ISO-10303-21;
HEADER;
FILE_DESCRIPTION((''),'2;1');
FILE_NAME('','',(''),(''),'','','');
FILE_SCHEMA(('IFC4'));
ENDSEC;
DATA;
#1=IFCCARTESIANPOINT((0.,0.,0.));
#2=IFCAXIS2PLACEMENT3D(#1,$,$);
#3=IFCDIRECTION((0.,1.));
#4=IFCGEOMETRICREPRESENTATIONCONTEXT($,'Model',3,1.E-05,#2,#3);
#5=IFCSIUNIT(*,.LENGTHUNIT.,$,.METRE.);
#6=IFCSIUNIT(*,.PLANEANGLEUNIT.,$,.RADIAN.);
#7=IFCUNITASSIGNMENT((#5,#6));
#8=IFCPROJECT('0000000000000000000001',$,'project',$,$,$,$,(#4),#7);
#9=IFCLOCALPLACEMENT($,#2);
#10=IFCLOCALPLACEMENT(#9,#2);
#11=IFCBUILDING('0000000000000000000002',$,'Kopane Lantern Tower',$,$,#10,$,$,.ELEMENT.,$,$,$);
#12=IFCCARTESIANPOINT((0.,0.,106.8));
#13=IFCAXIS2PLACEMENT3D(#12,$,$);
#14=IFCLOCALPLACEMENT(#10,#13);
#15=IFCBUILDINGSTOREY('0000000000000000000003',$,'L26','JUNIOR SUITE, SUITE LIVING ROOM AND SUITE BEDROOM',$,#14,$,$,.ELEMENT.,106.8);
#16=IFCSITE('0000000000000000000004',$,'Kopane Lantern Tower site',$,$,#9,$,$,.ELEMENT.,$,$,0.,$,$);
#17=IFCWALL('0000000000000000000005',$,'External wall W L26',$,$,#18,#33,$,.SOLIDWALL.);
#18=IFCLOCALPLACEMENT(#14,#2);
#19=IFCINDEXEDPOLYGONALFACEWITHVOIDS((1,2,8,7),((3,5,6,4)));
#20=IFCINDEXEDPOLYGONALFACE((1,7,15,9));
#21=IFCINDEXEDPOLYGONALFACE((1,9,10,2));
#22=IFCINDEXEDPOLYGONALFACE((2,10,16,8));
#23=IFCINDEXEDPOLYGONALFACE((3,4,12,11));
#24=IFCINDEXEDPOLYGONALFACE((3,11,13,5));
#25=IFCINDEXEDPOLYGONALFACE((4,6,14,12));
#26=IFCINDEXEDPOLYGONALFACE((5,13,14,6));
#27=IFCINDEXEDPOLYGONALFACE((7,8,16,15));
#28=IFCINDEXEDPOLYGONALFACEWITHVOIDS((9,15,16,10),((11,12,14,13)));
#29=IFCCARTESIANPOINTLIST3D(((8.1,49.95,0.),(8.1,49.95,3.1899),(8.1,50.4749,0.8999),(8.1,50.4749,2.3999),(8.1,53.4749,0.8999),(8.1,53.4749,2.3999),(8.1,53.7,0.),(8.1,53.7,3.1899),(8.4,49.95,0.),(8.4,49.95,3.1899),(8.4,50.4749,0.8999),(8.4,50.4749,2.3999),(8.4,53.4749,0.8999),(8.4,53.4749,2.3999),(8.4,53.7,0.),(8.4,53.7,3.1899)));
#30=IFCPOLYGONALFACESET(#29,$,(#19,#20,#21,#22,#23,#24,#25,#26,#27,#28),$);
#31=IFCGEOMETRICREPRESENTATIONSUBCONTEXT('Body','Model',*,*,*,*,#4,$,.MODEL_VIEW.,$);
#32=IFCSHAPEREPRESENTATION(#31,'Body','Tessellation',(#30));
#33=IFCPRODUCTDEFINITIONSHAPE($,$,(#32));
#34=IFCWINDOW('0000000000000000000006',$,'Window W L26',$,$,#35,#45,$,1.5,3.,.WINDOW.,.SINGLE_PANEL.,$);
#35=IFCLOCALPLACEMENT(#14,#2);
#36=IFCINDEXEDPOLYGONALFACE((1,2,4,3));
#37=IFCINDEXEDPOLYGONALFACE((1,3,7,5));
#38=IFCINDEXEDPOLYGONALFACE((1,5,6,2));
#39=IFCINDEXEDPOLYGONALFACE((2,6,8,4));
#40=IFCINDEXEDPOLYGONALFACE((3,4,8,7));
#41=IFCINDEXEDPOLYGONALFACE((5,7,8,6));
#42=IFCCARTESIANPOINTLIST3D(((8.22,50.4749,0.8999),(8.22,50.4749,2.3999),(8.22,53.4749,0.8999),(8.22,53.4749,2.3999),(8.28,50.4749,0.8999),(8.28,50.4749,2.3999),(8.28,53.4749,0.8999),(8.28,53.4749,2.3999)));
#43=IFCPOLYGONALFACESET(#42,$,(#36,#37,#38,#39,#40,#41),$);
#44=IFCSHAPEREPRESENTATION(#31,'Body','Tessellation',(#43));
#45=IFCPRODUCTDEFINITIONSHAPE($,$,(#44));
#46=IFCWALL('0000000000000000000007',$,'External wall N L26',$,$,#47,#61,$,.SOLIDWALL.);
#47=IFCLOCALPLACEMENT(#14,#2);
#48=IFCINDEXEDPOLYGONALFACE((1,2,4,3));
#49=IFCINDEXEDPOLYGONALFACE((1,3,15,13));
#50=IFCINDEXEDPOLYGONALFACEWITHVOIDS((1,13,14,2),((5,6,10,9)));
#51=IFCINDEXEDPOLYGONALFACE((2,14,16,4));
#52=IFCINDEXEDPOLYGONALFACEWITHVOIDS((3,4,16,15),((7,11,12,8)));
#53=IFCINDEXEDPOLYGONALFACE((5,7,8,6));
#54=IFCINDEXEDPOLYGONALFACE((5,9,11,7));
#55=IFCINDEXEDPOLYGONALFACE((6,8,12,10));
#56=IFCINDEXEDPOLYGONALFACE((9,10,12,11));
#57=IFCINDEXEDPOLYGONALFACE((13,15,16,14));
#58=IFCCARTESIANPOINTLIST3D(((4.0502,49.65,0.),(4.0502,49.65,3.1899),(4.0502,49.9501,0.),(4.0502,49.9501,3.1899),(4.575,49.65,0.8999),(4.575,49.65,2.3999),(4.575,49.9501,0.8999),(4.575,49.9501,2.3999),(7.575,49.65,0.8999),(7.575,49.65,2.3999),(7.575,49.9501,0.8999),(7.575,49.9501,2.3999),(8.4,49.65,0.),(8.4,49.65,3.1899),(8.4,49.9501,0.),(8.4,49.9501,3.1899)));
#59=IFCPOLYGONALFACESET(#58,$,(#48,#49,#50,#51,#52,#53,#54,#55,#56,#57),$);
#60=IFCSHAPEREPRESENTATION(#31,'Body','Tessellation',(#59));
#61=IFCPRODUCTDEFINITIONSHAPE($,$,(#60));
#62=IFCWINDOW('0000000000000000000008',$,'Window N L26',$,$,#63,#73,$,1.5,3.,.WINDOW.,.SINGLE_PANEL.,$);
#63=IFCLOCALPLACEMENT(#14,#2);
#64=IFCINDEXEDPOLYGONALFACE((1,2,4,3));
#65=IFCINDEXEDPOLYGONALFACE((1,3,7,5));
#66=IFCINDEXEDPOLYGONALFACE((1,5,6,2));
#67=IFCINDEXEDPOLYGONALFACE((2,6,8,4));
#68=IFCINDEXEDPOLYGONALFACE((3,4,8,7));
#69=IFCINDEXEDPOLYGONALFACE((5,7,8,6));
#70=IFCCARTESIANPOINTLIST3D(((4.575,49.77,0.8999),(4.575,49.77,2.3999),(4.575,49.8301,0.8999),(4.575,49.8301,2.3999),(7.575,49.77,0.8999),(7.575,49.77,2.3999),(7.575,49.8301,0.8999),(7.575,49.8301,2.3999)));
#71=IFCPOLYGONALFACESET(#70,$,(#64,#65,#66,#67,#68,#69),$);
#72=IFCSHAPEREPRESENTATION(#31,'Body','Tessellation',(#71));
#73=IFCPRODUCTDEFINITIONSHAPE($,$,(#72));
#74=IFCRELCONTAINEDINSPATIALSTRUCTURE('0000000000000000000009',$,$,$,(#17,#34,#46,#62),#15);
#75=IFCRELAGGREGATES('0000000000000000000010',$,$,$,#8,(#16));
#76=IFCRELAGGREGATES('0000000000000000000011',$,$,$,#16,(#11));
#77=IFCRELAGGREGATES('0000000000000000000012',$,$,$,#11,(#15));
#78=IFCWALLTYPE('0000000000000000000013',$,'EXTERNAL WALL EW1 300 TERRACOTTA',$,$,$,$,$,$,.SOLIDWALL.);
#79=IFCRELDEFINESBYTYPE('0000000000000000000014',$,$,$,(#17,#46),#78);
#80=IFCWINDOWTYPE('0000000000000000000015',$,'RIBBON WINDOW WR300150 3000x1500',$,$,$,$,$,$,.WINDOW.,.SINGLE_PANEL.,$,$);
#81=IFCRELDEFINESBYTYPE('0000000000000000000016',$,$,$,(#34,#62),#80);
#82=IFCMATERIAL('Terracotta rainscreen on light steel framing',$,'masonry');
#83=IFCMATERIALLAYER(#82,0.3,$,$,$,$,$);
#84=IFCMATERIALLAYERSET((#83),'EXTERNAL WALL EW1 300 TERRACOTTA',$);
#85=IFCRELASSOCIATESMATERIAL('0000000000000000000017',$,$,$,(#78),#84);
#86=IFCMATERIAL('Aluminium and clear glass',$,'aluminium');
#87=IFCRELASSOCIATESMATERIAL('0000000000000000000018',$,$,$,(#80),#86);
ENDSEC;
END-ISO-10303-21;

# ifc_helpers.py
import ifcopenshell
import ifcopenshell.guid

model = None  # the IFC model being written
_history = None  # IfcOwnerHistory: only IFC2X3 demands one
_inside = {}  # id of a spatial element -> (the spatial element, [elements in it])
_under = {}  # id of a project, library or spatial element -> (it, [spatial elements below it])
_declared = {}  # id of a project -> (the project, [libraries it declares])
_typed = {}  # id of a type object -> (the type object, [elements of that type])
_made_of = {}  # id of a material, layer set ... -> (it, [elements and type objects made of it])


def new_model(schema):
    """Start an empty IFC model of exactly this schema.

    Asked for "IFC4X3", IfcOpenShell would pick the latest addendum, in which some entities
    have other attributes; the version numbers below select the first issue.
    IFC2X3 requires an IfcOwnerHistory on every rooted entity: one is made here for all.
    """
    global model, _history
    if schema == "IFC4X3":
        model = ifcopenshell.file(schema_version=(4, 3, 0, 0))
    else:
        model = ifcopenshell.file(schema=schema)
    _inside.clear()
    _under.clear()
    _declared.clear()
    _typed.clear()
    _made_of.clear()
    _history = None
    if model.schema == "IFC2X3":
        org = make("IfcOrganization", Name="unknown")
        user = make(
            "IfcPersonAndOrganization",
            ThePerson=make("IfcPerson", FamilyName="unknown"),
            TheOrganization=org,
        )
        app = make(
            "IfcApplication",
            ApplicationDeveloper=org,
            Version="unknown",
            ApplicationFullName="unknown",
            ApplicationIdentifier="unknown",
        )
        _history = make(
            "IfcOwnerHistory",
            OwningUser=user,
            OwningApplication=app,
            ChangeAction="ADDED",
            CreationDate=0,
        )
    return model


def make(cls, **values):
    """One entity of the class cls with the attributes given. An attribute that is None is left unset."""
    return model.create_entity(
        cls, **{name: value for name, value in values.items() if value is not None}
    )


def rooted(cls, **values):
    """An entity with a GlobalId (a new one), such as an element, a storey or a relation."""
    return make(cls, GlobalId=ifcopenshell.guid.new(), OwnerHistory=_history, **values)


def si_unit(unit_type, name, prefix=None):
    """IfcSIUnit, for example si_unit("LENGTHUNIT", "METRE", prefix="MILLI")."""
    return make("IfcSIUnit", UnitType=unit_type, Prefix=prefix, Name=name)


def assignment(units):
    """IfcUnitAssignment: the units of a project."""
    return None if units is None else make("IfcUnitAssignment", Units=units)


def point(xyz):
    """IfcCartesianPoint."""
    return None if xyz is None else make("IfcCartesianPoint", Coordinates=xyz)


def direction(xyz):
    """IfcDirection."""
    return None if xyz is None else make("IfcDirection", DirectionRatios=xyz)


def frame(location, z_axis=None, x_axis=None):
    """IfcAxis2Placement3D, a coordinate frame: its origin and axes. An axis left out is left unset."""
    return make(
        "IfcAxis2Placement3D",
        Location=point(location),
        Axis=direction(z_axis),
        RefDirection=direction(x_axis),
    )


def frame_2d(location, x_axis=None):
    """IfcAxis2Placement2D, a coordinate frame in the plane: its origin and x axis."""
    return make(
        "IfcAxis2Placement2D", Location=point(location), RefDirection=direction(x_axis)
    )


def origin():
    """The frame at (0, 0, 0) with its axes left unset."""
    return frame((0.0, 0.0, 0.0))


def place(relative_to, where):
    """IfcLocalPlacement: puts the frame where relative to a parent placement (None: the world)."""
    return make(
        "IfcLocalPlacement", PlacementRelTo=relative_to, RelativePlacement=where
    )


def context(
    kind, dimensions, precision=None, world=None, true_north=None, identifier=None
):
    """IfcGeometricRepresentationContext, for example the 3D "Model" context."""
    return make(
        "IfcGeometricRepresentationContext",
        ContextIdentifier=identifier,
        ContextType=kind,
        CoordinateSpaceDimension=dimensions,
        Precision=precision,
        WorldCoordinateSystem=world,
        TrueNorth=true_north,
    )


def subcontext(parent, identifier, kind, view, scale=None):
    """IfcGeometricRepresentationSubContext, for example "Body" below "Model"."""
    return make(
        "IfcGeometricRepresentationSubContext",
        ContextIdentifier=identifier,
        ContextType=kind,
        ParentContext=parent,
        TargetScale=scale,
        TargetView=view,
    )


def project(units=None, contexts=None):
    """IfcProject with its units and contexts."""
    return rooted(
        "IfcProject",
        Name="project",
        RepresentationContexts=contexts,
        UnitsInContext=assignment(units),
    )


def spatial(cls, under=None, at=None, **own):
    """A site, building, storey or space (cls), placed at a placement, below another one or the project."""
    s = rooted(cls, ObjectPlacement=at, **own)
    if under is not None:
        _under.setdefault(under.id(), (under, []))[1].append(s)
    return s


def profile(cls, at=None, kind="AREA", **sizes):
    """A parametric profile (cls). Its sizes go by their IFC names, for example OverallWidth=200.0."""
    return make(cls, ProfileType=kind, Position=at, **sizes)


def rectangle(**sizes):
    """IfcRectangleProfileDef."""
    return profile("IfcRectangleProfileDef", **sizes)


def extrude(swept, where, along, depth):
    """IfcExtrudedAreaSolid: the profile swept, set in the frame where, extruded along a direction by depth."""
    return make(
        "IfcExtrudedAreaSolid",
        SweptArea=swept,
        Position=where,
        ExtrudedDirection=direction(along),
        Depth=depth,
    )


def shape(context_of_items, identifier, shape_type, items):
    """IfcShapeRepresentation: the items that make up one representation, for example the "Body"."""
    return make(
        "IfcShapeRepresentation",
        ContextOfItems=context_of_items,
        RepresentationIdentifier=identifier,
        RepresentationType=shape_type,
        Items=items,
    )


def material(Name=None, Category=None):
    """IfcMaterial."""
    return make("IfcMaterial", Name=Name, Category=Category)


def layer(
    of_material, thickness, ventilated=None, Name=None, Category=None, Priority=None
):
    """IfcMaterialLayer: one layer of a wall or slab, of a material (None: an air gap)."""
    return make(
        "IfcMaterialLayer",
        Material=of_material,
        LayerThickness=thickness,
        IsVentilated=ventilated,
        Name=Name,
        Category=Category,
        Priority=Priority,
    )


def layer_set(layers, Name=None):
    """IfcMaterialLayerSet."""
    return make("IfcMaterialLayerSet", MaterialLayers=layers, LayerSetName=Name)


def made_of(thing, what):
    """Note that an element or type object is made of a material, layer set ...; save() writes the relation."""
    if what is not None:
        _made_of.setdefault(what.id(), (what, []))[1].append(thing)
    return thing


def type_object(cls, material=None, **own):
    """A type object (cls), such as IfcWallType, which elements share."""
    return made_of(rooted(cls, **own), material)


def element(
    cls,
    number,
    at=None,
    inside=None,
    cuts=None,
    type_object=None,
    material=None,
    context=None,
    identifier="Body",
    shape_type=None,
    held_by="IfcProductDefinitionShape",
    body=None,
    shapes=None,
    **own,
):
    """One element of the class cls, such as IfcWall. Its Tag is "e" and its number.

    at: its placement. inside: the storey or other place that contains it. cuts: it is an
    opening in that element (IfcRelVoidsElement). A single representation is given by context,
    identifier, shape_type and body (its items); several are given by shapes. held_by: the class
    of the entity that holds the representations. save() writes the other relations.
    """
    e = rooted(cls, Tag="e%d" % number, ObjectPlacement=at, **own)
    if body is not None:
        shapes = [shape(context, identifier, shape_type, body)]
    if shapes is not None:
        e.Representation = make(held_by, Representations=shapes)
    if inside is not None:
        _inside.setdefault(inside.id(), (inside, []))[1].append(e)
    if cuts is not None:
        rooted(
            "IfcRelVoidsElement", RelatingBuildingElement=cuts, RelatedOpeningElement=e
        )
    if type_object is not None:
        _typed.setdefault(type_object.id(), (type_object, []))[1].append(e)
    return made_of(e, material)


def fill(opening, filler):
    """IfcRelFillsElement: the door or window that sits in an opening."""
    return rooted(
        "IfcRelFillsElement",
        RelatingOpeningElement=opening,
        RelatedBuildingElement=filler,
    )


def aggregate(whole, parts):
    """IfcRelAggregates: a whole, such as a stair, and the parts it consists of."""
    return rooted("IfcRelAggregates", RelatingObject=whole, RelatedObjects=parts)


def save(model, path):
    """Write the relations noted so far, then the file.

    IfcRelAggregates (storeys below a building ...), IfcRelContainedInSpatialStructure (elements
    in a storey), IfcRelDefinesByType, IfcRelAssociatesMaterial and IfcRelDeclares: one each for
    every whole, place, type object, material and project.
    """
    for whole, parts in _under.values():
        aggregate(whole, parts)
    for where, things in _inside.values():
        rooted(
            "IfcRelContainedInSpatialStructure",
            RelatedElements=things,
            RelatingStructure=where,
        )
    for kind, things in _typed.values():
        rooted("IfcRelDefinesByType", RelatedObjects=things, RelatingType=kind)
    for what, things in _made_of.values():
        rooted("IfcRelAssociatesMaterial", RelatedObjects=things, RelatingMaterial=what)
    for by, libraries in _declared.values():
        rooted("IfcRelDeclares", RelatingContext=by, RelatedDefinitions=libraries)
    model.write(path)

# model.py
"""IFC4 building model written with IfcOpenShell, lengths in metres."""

from ifc_helpers import new_model, si_unit, direction, frame, frame_2d, origin, place, context, subcontext, project, spatial, rectangle, extrude, material, layer, layer_set, type_object, element, fill, save


model = new_model("IFC4")

# Units and contexts
model_context = context("Model", 3, precision=1e-05, world=origin(), true_north=direction((0.0, 1.0)))
body_context = subcontext(model_context, "Body", "Model", "MODEL_VIEW")
ifc_project = project(units=[si_unit("LENGTHUNIT", "METRE"), si_unit("PLANEANGLEUNIT", "RADIAN")], contexts=[model_context])

# Site, building, storey
site_placement = place(None, origin())
site = spatial("IfcSite", under=ifc_project, at=site_placement, Name="Kopane Lantern Tower site", CompositionType="ELEMENT", RefElevation=0.0)
building_placement = place(site_placement, origin())
building = spatial("IfcBuilding", under=site, at=building_placement, Name="Kopane Lantern Tower", CompositionType="ELEMENT")
storey_placement = place(building_placement, frame((0.0, 0.0, 106.8)))
storey = spatial("IfcBuildingStorey", under=building, at=storey_placement, Name="L26", Description="JUNIOR SUITE, SUITE LIVING ROOM AND SUITE BEDROOM", CompositionType="ELEMENT", Elevation=106.8)

# Walls, openings, windows
ifc_material_1 = material(Name="Terracotta rainscreen on light steel framing", Category="masonry")
ifc_layer_1 = layer(ifc_material_1, 0.3)
ifc_layer_set_1 = layer_set([ifc_layer_1], Name="EXTERNAL WALL EW1 300 TERRACOTTA")
wall_type_1 = type_object("IfcWallType", Name="EXTERNAL WALL EW1 300 TERRACOTTA", PredefinedType="SOLIDWALL", material=ifc_layer_set_1)
wall_1_placement = place(storey_placement, frame((8.25, 53.7, 0.0), z_axis=(0.0, 0.0, 1.0), x_axis=(0.0, -1.0, 0.0)))
wall_1 = element("IfcWall", 1, at=wall_1_placement, inside=storey, type_object=wall_type_1, Name="External wall W L26", PredefinedType="SOLIDWALL", context=body_context, shape_type="SweptSolid", body=[
    extrude(rectangle(XDim=3.75, YDim=0.3, at=frame_2d((1.875, 0.0))), origin(), (0.0, 0.0, 1.0), 3.1899),
])
opening_1_placement = place(wall_1_placement, frame((0.2251, 0.0, 0.8999)))
opening_1 = element("IfcOpeningElement", 2, at=opening_1_placement, cuts=wall_1, PredefinedType="OPENING", context=body_context, shape_type="SweptSolid", body=[
    extrude(rectangle(XDim=3.0, YDim=1.5, at=frame_2d((1.5, 0.75))), frame((0.0, 0.1599, 0.0), z_axis=(0.0, -1.0, 0.0), x_axis=(1.0, 0.0, 0.0)), (0.0, 0.0, 1.0), 0.3201),
])
ifc_material_2 = material(Name="Aluminium and clear glass", Category="aluminium")
window_type = type_object("IfcWindowType", Name="RIBBON WINDOW WR300150 3000x1500", PartitioningType="SINGLE_PANEL", PredefinedType="WINDOW", material=ifc_material_2)
window_1_placement = place(opening_1_placement, origin())
window_1 = element("IfcWindow", 3, at=window_1_placement, inside=storey, type_object=window_type, Name="Window W L26", OverallHeight=1.5, OverallWidth=3.0, PartitioningType="SINGLE_PANEL", PredefinedType="WINDOW", context=body_context, shape_type="SweptSolid", body=[
    extrude(rectangle(XDim=3.0, YDim=1.5, at=frame_2d((1.5, 0.75))), frame((0.0, 0.03, 0.0), z_axis=(0.0, -1.0, 0.0), x_axis=(1.0, 0.0, 0.0)), (0.0, 0.0, 1.0), 0.0601),
])
fill(opening_1, window_1)
wall_2_placement = place(storey_placement, frame((8.3999, 49.8, 0.0), z_axis=(0.0, 0.0, 1.0), x_axis=(-1.0, 0.0, 0.0)))
wall_2 = element("IfcWall", 4, at=wall_2_placement, inside=storey, type_object=wall_type_1, Name="External wall N L26", PredefinedType="SOLIDWALL", context=body_context, shape_type="SweptSolid", body=[
    extrude(rectangle(XDim=4.3499, YDim=0.3, at=frame_2d((2.1748, 0.0))), origin(), (0.0, 0.0, 1.0), 3.1899),
])
opening_2_placement = place(wall_2_placement, frame((0.825, 0.0, 0.8999)))
opening_2 = element("IfcOpeningElement", 5, at=opening_2_placement, cuts=wall_2, PredefinedType="OPENING", context=body_context, shape_type="SweptSolid", body=[
    extrude(rectangle(XDim=3.0, YDim=1.5, at=frame_2d((1.5, 0.75))), frame((0.0, 0.1599, 0.0), z_axis=(0.0, -1.0, 0.0), x_axis=(1.0, 0.0, 0.0)), (0.0, 0.0, 1.0), 0.3201),
])
window_2_placement = place(opening_2_placement, origin())
window_2 = element("IfcWindow", 6, at=window_2_placement, inside=storey, type_object=window_type, Name="Window N L26", OverallHeight=1.5, OverallWidth=3.0, PartitioningType="SINGLE_PANEL", PredefinedType="WINDOW", context=body_context, shape_type="SweptSolid", body=[
    extrude(rectangle(XDim=3.0, YDim=1.5, at=frame_2d((1.5, 0.75))), frame((0.0, 0.03, 0.0), z_axis=(0.0, -1.0, 0.0), x_axis=(1.0, 0.0, 0.0)), (0.0, 0.0, 1.0), 0.0601),
])
fill(opening_2, window_2)

save(model, "model.ifc")
